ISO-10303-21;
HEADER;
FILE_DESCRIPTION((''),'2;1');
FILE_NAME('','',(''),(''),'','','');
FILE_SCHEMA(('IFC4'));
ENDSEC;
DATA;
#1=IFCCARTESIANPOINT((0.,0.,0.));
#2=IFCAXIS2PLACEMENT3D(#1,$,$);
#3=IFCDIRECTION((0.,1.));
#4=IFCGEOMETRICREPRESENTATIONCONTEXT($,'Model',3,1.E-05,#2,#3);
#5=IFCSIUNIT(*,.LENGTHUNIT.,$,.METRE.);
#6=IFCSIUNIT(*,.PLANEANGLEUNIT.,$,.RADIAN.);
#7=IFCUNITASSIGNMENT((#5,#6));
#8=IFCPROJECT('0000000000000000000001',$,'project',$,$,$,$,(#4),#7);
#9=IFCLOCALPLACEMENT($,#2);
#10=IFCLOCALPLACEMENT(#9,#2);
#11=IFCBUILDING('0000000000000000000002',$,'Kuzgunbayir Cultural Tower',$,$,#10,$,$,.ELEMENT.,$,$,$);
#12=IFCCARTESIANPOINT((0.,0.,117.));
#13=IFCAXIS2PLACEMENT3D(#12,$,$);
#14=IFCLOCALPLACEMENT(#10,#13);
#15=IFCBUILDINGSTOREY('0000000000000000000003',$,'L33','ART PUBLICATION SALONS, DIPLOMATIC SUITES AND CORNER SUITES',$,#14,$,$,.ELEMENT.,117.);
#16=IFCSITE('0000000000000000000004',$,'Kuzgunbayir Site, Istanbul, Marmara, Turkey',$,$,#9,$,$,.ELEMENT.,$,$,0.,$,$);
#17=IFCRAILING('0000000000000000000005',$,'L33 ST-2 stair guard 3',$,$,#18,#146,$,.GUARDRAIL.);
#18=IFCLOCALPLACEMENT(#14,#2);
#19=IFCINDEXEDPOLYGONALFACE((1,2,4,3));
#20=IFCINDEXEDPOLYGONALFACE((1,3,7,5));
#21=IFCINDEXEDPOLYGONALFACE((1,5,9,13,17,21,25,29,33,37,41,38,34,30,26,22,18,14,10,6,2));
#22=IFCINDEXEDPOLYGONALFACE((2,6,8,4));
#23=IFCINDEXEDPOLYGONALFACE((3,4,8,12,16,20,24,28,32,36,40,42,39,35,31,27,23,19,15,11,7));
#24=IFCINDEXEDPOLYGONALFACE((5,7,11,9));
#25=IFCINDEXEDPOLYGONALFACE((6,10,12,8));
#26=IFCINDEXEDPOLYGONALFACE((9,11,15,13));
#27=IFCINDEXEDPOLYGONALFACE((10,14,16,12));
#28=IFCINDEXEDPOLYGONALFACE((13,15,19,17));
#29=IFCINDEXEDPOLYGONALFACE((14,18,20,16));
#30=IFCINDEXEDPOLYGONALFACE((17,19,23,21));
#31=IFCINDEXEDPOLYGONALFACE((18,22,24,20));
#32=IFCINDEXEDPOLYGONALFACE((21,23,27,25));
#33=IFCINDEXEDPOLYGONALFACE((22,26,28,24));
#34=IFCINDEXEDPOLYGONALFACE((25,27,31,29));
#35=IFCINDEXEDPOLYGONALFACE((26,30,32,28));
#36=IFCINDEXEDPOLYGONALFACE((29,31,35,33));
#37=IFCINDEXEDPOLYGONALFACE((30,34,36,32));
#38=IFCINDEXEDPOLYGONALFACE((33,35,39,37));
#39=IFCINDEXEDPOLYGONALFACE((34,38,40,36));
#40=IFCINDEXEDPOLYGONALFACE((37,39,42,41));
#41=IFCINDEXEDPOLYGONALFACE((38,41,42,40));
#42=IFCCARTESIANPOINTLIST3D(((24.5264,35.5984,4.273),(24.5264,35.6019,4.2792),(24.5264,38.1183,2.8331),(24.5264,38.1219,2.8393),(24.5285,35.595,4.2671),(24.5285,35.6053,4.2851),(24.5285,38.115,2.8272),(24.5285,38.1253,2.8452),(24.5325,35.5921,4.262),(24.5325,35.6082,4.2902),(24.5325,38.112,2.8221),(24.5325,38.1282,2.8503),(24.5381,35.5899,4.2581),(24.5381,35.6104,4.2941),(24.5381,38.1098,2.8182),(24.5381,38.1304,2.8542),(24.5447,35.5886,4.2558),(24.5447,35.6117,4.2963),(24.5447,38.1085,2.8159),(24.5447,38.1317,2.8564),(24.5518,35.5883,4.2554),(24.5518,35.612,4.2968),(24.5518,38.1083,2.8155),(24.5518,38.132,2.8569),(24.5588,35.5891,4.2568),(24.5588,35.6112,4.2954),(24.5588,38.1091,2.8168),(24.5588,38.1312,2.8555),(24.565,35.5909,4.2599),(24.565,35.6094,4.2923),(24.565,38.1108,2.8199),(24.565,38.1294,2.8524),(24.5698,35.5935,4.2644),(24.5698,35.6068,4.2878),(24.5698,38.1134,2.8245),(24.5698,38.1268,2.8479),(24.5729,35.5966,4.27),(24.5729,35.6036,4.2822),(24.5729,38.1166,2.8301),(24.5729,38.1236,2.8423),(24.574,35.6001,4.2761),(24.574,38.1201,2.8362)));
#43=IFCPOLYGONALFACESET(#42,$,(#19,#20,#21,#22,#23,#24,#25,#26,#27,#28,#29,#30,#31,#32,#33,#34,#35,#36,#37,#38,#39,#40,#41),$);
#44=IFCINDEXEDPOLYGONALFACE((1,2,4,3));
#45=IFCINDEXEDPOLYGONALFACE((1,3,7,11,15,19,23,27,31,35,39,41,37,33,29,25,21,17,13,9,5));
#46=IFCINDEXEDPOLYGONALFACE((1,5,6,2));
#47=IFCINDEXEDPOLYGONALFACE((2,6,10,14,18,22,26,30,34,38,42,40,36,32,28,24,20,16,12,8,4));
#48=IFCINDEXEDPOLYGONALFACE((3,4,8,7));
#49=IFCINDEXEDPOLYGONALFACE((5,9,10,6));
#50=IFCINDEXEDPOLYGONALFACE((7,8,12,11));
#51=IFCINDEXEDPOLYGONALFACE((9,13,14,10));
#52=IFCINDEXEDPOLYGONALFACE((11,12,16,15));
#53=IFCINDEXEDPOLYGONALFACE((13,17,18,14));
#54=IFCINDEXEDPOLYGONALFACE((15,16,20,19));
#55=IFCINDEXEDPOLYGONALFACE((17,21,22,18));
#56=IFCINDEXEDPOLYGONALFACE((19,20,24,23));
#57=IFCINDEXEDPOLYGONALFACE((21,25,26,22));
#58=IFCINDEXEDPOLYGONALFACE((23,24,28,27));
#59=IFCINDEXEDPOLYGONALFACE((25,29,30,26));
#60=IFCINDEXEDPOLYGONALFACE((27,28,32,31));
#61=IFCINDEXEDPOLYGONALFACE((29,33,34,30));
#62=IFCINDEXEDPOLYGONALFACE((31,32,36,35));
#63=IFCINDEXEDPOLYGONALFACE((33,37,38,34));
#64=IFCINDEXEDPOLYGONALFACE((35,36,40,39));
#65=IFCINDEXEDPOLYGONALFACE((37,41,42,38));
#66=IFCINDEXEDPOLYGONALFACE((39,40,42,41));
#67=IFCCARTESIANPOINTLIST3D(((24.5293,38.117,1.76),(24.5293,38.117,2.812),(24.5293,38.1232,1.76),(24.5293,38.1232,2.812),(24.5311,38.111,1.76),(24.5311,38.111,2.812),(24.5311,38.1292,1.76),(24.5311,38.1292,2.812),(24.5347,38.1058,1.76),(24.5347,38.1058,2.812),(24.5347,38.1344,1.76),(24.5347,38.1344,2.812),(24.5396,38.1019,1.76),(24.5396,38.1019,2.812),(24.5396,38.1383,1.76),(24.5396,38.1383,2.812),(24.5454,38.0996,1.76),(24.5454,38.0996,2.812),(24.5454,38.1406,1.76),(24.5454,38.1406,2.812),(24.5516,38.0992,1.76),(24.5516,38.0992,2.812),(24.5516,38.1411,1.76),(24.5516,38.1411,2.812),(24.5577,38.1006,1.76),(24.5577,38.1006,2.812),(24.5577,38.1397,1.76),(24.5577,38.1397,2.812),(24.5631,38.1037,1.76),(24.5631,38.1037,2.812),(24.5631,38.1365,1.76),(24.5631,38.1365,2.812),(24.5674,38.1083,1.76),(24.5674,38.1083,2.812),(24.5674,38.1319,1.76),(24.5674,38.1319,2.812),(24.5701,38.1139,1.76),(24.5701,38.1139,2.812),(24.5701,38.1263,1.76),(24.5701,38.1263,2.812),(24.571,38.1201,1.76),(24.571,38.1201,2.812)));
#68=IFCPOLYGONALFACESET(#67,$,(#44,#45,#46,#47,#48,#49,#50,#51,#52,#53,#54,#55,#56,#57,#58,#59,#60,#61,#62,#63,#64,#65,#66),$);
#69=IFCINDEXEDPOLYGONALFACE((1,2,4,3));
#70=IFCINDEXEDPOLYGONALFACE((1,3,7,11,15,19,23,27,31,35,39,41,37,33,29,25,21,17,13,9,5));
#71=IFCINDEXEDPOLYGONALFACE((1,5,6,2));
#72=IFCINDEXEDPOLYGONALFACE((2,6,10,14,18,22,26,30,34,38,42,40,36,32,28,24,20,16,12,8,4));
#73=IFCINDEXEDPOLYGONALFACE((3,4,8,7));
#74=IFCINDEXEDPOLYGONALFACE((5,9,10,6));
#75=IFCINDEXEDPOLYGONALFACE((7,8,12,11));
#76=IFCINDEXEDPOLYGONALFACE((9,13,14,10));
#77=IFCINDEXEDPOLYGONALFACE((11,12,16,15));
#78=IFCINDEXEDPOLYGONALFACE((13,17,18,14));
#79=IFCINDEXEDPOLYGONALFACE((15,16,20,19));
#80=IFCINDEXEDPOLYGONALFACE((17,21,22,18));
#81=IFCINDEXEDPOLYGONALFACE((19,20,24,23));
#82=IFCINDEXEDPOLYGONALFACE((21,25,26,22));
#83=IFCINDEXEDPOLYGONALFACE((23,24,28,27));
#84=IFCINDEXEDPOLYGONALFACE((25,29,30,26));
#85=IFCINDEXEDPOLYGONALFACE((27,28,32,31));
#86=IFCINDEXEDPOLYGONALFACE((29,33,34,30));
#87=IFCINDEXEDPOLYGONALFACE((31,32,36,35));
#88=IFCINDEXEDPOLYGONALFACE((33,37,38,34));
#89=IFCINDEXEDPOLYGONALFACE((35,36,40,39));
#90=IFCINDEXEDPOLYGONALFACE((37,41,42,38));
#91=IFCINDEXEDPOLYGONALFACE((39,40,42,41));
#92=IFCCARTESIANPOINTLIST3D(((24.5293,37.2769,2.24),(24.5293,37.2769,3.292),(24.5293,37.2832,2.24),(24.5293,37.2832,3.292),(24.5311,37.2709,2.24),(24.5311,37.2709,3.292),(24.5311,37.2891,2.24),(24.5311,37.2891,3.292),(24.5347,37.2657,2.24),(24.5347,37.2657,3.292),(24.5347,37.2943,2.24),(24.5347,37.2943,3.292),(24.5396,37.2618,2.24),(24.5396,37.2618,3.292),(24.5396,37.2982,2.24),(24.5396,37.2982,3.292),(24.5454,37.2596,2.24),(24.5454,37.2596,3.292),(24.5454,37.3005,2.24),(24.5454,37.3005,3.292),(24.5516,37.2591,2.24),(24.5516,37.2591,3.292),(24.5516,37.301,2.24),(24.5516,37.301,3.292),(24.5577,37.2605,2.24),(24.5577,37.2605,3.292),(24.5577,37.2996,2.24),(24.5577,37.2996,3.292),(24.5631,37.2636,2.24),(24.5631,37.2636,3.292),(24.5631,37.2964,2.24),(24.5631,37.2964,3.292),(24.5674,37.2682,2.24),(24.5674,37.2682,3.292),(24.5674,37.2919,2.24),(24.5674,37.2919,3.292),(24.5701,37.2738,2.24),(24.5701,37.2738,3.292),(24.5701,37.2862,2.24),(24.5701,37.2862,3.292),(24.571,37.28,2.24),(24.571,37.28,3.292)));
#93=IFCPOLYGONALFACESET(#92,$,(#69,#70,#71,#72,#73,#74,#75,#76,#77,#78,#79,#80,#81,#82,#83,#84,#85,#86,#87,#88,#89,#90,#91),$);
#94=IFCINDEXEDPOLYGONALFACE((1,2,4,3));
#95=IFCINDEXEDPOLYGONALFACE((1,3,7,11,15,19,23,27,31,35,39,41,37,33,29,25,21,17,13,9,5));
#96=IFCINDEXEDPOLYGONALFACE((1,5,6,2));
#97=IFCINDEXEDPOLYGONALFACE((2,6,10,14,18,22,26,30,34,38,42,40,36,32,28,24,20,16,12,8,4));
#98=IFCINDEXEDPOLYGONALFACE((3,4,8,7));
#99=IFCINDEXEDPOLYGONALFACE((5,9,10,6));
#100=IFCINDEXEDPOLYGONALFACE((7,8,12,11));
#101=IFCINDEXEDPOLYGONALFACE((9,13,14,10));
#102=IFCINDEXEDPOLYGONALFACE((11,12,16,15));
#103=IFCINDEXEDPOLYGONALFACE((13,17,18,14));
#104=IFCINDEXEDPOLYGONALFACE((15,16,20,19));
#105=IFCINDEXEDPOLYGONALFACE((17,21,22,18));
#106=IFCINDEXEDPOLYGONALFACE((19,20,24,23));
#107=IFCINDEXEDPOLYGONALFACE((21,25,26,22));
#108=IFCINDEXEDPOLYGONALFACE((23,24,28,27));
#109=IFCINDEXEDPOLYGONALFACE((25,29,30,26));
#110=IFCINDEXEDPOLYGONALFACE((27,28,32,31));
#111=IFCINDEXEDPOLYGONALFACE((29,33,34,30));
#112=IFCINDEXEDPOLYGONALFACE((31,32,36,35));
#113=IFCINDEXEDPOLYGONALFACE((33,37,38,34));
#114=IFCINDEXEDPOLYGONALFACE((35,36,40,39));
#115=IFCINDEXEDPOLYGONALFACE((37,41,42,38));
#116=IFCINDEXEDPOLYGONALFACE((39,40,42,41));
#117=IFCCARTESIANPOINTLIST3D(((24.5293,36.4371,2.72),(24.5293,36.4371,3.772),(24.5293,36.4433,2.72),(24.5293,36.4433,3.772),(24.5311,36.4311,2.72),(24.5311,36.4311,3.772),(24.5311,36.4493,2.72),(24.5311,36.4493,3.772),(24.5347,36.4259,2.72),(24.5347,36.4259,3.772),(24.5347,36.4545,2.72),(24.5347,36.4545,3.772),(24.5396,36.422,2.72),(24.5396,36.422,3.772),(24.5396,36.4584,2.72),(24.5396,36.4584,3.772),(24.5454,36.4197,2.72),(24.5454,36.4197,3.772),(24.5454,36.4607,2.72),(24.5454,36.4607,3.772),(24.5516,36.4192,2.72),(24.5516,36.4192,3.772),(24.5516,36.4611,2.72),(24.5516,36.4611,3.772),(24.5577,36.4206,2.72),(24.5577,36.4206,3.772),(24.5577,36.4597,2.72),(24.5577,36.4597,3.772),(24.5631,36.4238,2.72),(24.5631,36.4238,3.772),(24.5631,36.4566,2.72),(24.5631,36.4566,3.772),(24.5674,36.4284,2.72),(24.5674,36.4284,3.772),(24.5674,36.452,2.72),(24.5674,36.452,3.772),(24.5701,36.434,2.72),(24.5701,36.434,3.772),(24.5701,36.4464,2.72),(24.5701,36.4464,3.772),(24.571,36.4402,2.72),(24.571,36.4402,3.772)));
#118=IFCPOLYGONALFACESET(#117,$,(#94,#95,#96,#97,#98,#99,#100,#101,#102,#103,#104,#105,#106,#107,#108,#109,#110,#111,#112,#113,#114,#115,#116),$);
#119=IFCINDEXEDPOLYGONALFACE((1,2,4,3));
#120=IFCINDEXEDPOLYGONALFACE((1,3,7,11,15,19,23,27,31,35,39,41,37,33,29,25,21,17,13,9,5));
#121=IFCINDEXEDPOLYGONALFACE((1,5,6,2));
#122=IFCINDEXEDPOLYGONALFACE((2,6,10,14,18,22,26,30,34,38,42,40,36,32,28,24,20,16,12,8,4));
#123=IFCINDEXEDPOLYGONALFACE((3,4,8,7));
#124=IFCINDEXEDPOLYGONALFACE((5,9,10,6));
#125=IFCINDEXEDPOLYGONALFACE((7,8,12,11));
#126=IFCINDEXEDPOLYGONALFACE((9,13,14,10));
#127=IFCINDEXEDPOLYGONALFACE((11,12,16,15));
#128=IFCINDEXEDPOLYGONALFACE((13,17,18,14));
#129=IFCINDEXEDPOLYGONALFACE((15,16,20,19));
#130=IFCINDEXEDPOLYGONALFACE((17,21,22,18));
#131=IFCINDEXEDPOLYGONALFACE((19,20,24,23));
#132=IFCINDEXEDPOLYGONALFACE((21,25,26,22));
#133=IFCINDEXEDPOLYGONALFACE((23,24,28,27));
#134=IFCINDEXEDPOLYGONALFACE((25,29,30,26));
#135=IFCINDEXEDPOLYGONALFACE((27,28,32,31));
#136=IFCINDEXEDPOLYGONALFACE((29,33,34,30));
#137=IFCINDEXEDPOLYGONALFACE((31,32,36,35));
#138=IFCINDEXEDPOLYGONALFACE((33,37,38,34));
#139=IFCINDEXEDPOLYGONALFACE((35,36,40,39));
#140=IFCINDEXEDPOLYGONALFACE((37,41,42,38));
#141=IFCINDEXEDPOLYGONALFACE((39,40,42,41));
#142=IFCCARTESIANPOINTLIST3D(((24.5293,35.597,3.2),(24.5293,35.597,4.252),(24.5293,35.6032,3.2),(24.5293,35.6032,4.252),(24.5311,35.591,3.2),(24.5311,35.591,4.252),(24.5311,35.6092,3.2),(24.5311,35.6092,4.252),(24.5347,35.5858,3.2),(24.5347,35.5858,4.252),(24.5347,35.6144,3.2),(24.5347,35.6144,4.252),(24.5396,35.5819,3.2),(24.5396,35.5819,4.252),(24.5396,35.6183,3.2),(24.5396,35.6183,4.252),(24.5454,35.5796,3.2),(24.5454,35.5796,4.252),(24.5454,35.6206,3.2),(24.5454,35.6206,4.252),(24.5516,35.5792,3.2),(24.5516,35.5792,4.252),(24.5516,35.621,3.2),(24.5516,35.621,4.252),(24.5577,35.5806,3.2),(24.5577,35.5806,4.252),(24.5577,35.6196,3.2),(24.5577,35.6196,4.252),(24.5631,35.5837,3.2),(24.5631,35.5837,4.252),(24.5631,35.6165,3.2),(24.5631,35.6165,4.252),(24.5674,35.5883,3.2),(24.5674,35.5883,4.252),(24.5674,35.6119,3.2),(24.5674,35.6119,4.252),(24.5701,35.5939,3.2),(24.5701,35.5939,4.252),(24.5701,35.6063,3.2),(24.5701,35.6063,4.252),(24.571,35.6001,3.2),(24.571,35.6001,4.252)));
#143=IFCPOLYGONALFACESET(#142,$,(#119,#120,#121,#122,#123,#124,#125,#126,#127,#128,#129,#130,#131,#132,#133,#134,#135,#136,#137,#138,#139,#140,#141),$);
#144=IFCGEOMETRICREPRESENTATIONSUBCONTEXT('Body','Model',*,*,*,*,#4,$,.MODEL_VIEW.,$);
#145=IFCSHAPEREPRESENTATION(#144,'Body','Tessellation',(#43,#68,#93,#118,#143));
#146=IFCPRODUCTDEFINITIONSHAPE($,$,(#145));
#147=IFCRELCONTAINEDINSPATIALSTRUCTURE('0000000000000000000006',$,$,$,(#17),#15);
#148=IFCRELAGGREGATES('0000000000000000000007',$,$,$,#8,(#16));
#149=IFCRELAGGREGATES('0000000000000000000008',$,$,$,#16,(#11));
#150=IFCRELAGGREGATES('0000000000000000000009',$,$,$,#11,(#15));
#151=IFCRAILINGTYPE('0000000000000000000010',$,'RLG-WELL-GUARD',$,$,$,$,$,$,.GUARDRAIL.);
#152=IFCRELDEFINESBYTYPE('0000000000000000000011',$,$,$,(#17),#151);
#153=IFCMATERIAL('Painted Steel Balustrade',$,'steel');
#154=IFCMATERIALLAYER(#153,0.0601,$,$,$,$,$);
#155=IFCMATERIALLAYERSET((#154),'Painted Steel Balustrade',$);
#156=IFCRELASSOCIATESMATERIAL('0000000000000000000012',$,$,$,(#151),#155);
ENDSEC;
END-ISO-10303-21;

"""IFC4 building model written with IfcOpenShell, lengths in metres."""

from ifc_helpers import new_model, si_unit, direction, frame, origin, origin_2d, place, context, subcontext, project, spatial, circle, extrude, material, layer, layer_set, type_object, element, save


model = new_model("IFC4")

# Units and contexts
model_context = context("Model", 3, precision=1e-05, world=origin(), true_north=direction((0.0, 1.0)))
body_context = subcontext(model_context, "Body", "Model", "MODEL_VIEW")
ifc_project = project(units=[si_unit("LENGTHUNIT", "METRE"), si_unit("PLANEANGLEUNIT", "RADIAN")], contexts=[model_context])

# Site, building, storey
site_placement = place(None, origin())
site = spatial("IfcSite", under=ifc_project, at=site_placement, Name="Kuzgunbayir Site, Istanbul, Marmara, Turkey", CompositionType="ELEMENT", RefElevation=0.0)
building_placement = place(site_placement, origin())
building = spatial("IfcBuilding", under=site, at=building_placement, Name="Kuzgunbayir Cultural Tower", CompositionType="ELEMENT")
storey_placement = place(building_placement, frame((0.0, 0.0, 117.0)))
storey = spatial("IfcBuildingStorey", under=building, at=storey_placement, Name="L33", Description="ART PUBLICATION SALONS, DIPLOMATIC SUITES AND CORNER SUITES", CompositionType="ELEMENT", Elevation=117.0)

# Railing
ifc_material_1 = material(Name="Painted Steel Balustrade", Category="steel")
ifc_layer_1 = layer(ifc_material_1, 0.0601)
ifc_layer_set_1 = layer_set([ifc_layer_1], Name="Painted Steel Balustrade")
railing_type_1 = type_object("IfcRailingType", Name="RLG-WELL-GUARD", PredefinedType="GUARDRAIL", material=ifc_layer_set_1)
railing_1_placement = place(storey_placement, frame((24.55, 38.1201, 1.76)))
element("IfcRailing", 1, at=railing_1_placement, inside=storey, type_object=railing_type_1, Name="L33 ST-2 stair guard 3", PredefinedType="GUARDRAIL", context=body_context, shape_type="SweptSolid", body=[
    extrude(circle(Radius=0.0239, at=origin_2d()), frame((0.0, 0.0, 1.0762), z_axis=(0.0, -0.868253, 0.496121), x_axis=(1.0, 0.0, 0.0)), (0.0, 0.0, 1.0), 2.9023),
    extrude(circle(Radius=0.021, at=origin_2d()), origin(), (0.0, 0.0, 1.0), 1.052),
    extrude(circle(Radius=0.021, at=origin_2d()), frame((0.0, -0.8401, 0.48)), (0.0, 0.0, 1.0), 1.052),
    extrude(circle(Radius=0.021, at=origin_2d()), frame((0.0, -1.6799, 0.96)), (0.0, 0.0, 1.0), 1.052),
    extrude(circle(Radius=0.021, at=origin_2d()), frame((0.0, -2.52, 1.4399)), (0.0, 0.0, 1.0), 1.052),
])

save(model, "model.ifc")
